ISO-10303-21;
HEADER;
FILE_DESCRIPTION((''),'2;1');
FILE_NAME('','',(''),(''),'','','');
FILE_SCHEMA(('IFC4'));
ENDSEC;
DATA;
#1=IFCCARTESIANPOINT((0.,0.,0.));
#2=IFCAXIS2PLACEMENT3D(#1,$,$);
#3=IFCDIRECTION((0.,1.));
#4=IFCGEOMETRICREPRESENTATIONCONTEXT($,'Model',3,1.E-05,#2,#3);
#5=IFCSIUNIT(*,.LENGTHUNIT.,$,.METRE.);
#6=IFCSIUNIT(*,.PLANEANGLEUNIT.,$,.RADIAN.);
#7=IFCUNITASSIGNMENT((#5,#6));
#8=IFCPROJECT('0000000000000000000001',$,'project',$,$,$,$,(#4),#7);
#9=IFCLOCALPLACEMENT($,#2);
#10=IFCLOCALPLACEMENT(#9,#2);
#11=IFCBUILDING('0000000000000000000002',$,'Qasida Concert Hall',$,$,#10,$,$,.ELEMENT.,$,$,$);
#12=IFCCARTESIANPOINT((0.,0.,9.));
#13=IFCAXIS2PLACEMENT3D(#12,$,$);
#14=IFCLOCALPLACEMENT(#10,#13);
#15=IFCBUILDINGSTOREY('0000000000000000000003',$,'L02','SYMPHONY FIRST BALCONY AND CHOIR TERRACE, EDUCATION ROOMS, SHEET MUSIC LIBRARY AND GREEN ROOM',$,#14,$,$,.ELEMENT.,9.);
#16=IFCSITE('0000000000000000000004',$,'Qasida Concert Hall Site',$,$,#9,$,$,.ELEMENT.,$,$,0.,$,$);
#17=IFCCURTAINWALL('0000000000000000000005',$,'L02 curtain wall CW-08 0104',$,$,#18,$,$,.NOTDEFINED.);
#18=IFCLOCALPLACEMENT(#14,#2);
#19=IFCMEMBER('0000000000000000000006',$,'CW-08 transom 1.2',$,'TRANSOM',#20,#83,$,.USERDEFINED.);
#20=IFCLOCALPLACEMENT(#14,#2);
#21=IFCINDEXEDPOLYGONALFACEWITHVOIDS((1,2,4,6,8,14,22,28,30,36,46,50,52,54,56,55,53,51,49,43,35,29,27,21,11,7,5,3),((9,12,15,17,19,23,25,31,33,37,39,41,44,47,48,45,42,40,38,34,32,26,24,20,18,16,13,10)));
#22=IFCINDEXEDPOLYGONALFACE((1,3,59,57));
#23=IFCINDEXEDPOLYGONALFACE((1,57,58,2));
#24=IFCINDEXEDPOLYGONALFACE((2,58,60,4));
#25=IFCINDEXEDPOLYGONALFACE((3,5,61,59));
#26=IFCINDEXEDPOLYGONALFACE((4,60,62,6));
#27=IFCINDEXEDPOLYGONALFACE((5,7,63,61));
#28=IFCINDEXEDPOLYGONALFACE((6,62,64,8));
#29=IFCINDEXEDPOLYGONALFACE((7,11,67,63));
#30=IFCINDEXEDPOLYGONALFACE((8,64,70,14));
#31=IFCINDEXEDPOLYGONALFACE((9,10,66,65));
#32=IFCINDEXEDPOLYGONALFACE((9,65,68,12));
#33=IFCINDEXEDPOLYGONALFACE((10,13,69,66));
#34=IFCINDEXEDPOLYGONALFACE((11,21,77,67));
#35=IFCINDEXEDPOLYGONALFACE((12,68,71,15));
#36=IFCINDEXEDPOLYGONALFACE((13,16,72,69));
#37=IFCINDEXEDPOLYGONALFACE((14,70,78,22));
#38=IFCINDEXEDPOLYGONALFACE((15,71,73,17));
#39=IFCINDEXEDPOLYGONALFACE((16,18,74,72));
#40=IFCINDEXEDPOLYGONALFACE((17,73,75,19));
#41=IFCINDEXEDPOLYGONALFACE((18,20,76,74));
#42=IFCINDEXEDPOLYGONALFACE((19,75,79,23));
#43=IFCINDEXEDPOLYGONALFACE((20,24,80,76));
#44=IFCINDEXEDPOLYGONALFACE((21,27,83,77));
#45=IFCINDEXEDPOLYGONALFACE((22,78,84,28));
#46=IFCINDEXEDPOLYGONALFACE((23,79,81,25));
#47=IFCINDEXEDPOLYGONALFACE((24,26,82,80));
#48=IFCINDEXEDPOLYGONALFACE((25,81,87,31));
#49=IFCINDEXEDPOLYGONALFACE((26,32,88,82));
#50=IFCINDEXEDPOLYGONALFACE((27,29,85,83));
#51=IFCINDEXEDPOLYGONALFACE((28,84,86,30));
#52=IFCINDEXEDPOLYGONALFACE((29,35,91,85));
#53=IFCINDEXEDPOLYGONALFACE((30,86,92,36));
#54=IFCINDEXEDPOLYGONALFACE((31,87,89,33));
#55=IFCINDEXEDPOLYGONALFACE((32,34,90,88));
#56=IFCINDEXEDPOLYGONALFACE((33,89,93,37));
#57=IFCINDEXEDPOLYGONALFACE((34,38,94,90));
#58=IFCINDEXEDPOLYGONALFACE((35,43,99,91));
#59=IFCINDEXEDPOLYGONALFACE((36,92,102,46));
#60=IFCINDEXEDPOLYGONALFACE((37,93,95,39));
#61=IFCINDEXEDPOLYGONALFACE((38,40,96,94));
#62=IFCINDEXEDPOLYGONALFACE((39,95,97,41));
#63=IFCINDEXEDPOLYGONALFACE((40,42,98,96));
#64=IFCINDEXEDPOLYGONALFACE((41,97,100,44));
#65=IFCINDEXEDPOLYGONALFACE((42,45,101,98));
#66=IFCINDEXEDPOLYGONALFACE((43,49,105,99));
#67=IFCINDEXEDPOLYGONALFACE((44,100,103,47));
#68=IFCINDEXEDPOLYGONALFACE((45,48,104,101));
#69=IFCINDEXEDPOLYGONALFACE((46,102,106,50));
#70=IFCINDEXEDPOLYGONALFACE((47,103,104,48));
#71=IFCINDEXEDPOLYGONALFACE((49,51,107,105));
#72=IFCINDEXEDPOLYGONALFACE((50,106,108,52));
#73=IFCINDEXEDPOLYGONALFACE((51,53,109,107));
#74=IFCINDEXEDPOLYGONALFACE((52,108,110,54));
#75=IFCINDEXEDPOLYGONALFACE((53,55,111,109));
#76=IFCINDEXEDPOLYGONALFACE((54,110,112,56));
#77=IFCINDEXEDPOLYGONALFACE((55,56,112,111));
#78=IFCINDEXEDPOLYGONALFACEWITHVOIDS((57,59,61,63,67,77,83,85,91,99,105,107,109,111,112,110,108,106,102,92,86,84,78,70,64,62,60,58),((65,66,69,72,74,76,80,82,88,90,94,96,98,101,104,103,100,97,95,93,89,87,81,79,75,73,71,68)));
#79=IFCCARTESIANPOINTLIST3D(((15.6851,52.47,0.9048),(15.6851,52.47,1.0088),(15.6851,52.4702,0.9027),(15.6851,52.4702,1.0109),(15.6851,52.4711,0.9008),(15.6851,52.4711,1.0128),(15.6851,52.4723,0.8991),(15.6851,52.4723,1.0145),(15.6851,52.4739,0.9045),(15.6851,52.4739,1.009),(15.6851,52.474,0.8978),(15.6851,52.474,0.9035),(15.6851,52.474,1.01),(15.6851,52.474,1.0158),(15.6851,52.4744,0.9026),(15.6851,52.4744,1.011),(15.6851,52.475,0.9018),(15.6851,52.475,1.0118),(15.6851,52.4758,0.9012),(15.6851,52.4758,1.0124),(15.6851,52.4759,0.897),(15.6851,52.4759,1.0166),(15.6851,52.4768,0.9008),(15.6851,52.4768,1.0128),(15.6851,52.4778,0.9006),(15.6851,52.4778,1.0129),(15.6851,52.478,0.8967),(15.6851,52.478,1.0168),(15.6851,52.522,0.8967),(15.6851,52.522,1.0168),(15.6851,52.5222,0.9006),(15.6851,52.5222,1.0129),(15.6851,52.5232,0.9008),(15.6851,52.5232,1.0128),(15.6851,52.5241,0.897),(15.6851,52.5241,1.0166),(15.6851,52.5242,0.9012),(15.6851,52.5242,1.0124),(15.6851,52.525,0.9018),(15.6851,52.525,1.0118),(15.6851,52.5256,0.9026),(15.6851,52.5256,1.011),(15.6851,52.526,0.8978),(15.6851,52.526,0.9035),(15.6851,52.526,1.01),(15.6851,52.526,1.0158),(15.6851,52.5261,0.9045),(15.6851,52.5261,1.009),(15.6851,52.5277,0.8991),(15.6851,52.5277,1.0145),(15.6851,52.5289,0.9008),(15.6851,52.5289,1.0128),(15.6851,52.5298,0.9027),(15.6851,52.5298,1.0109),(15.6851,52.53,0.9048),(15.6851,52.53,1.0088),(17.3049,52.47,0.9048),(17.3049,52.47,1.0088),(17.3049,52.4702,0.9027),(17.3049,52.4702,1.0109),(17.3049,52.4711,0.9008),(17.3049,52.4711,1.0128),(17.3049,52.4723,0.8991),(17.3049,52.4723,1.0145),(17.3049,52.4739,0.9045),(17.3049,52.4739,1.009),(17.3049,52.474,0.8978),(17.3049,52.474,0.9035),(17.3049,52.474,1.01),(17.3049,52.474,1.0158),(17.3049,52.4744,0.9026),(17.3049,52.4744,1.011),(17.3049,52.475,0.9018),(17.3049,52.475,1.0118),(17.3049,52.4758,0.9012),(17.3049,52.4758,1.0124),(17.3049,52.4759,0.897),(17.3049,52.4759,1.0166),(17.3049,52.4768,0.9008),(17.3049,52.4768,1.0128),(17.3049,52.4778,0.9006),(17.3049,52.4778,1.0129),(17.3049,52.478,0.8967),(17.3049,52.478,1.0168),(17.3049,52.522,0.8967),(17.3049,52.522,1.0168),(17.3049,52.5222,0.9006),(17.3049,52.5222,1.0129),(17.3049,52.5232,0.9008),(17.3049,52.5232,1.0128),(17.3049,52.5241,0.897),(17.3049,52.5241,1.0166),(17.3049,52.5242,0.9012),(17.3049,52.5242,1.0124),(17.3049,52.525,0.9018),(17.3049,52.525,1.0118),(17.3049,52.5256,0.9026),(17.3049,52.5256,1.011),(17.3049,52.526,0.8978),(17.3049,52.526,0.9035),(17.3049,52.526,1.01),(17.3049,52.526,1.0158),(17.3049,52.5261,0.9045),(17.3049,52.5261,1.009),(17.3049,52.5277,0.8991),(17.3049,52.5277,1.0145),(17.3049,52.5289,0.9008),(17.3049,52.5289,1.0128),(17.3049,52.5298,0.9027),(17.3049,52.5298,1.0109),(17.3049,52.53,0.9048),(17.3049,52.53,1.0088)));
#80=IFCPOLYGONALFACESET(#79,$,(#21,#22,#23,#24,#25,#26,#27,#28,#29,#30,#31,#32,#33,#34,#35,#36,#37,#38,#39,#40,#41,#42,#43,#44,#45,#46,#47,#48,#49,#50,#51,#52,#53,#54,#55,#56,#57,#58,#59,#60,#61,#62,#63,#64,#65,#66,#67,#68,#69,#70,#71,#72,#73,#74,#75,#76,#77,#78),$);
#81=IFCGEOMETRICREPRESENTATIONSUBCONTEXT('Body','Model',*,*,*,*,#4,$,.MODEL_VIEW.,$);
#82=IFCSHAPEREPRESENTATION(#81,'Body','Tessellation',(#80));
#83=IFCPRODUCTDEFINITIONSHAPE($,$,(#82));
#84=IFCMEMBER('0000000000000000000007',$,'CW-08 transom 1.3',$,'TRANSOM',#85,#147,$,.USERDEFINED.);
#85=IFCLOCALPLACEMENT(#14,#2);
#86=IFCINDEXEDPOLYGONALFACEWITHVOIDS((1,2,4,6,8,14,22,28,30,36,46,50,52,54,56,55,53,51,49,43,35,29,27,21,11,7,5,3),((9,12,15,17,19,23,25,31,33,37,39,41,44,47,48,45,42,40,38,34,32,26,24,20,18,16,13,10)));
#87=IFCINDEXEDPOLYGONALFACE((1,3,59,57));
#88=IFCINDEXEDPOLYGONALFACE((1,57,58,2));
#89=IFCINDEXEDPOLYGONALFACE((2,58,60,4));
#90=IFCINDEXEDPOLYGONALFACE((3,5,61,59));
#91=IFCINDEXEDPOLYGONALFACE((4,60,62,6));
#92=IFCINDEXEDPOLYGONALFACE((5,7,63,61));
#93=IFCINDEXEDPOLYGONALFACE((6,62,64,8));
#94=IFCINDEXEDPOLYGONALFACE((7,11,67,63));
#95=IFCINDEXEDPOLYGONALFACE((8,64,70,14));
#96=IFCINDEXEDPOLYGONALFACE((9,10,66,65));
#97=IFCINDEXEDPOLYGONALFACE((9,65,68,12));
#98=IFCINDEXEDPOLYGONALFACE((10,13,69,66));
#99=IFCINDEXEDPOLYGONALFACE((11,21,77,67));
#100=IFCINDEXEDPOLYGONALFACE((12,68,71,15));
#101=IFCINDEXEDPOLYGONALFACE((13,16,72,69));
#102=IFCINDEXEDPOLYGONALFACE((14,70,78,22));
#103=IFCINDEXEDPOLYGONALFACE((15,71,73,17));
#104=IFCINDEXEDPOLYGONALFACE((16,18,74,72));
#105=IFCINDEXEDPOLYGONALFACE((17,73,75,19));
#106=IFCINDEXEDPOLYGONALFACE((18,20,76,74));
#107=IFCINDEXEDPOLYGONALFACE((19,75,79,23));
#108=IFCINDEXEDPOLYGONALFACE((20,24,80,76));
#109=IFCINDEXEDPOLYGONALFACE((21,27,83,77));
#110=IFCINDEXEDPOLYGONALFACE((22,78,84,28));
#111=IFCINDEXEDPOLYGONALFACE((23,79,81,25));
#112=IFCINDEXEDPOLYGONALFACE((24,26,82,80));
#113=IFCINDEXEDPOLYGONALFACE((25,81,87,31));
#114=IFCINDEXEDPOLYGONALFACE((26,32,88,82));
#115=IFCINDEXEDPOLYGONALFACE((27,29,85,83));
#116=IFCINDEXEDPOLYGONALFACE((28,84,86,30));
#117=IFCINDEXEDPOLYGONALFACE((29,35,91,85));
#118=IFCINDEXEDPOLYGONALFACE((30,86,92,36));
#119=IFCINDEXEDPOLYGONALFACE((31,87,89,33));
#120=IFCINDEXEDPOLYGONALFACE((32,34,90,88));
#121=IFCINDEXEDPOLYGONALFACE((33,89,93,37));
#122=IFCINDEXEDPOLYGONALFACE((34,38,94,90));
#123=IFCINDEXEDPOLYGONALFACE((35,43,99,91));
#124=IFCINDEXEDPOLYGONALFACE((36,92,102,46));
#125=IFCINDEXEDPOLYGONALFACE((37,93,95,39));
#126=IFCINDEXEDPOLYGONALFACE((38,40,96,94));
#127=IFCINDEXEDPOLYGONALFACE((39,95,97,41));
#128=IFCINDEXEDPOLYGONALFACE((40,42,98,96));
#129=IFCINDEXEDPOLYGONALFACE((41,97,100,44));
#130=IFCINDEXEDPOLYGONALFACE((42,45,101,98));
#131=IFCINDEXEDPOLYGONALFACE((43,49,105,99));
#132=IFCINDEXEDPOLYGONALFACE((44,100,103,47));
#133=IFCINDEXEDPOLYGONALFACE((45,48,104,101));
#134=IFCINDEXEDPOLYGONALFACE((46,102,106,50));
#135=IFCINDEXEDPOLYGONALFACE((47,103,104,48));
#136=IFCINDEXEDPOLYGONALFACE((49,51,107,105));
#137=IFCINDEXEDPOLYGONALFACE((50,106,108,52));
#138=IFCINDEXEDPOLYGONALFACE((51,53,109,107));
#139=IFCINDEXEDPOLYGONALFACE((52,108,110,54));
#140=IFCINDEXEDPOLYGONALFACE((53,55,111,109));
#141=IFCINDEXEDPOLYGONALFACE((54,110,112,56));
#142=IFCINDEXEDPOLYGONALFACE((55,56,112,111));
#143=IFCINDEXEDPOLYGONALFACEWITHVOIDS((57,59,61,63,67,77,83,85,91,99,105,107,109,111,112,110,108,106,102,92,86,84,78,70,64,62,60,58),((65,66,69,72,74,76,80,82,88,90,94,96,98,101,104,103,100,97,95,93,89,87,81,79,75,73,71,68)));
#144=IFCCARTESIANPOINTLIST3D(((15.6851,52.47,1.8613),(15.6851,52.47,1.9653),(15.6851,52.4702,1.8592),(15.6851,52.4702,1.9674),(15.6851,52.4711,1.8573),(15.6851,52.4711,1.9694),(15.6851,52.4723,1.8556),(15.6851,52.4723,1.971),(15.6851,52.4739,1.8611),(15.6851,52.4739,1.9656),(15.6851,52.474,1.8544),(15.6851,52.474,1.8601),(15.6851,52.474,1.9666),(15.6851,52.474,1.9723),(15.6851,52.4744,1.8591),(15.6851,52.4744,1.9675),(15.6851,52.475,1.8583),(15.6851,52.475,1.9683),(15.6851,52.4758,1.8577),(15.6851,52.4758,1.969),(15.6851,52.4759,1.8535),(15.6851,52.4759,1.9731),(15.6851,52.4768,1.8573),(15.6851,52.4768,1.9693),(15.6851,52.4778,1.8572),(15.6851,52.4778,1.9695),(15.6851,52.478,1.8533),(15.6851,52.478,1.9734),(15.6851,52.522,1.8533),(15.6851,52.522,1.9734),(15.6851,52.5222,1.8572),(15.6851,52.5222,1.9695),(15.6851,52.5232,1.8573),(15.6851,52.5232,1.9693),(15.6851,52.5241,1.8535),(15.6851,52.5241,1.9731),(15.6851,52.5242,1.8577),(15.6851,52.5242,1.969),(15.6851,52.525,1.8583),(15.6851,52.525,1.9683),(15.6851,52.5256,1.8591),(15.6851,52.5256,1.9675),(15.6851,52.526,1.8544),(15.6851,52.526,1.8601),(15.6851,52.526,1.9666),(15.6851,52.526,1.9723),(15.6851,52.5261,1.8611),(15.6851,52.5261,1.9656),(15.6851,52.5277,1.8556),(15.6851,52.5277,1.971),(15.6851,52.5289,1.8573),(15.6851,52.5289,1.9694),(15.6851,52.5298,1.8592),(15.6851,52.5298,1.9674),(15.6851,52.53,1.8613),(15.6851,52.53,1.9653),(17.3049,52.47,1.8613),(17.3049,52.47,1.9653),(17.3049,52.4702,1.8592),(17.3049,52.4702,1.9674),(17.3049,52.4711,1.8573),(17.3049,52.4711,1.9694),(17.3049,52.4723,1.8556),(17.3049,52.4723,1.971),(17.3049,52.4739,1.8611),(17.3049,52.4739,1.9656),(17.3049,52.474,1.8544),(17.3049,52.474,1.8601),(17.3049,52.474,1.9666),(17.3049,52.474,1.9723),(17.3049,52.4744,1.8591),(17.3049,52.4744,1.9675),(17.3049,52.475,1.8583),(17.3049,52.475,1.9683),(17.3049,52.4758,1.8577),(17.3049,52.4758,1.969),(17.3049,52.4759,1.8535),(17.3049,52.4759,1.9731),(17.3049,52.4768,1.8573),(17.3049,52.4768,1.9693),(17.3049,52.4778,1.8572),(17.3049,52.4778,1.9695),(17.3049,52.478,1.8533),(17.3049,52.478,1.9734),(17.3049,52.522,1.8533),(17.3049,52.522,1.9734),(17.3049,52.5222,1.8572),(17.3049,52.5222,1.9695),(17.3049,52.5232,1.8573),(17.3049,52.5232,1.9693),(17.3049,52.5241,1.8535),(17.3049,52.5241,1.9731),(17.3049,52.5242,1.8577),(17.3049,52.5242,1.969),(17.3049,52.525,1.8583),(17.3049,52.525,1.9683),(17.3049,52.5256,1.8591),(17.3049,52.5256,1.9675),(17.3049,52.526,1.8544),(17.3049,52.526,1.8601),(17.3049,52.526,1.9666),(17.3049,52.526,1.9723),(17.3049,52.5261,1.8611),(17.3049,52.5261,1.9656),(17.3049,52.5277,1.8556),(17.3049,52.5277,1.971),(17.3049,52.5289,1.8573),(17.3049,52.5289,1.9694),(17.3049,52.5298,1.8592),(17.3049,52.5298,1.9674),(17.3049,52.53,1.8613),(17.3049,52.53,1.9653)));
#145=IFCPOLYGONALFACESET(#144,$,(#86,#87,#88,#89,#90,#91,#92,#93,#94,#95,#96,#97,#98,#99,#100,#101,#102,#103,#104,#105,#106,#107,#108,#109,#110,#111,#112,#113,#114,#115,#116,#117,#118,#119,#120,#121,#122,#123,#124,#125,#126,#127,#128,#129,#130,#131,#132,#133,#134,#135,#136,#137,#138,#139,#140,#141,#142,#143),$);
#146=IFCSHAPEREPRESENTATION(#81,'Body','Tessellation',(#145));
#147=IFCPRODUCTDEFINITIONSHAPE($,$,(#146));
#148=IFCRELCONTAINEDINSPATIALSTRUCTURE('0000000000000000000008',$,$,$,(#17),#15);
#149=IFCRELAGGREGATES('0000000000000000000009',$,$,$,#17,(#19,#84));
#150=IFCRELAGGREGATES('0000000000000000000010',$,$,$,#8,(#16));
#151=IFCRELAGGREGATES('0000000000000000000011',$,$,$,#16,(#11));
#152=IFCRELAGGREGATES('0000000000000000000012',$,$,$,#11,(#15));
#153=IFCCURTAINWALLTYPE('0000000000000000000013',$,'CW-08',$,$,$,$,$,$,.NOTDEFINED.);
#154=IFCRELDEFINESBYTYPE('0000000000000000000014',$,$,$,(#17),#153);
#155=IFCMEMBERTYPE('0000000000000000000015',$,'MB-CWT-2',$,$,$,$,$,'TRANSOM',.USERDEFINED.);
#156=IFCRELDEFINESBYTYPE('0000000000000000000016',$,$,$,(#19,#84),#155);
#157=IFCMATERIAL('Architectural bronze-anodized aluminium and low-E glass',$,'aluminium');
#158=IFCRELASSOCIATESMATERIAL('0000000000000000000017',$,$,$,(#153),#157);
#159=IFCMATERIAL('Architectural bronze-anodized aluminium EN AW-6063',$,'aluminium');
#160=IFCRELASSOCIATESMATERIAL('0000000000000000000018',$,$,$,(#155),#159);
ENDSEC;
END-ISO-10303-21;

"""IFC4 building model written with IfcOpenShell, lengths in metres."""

from ifc_helpers import new_model, si_unit, direction, frame, origin, origin_2d, place, context, subcontext, project, spatial, hollow_rectangle, extrude, material, material_profile, profile_set, type_object, element, aggregate, save


model = new_model("IFC4")

# Units and contexts
model_context = context("Model", 3, precision=1e-05, world=origin(), true_north=direction((0.0, 1.0)))
body_context = subcontext(model_context, "Body", "Model", "MODEL_VIEW")
ifc_project = project(units=[si_unit("LENGTHUNIT", "METRE"), si_unit("PLANEANGLEUNIT", "RADIAN")], contexts=[model_context])

# Site, building, storey
site_placement = place(None, origin())
site = spatial("IfcSite", under=ifc_project, at=site_placement, Name="Qasida Concert Hall Site", CompositionType="ELEMENT", RefElevation=0.0)
building_placement = place(site_placement, origin())
building = spatial("IfcBuilding", under=site, at=building_placement, Name="Qasida Concert Hall", CompositionType="ELEMENT")
storey_placement = place(building_placement, frame((0.0, 0.0, 9.0)))
storey = spatial("IfcBuildingStorey", under=building, at=storey_placement, Name="L02", Description="SYMPHONY FIRST BALCONY AND CHOIR TERRACE, EDUCATION ROOMS, SHEET MUSIC LIBRARY AND GREEN ROOM", CompositionType="ELEMENT", Elevation=9.0)

# Curtain wall, members
ifc_material_1 = material(Name="Architectural bronze-anodized aluminium and low-E glass", Category="aluminium")
curtain_wall_type = type_object("IfcCurtainWallType", Name="CW-08", PredefinedType="NOTDEFINED", material=ifc_material_1)
curtain_wall_placement = place(storey_placement, origin())
curtain_wall = element("IfcCurtainWall", 1, at=curtain_wall_placement, inside=storey, type_object=curtain_wall_type, Name="L02 curtain wall CW-08 0104", PredefinedType="NOTDEFINED")
ifc_material_2 = material(Name="Architectural bronze-anodized aluminium EN AW-6063", Category="aluminium")
ifc_material_profile_1 = material_profile(ifc_material_2, hollow_rectangle(XDim=0.0601, YDim=0.1201, WallThickness=0.0039, InnerFilletRadius=0.0039, OuterFilletRadius=0.0081, at=origin_2d()), Name="CWT 120x60x4")
ifc_profile_set_1 = profile_set([ifc_material_profile_1], Name="Architectural bronze-anodized aluminium EN AW-6063")
member_type_1 = type_object("IfcMemberType", Name="MB-CWT-2", ElementType="TRANSOM", PredefinedType="USERDEFINED", material=ifc_profile_set_1)
member_1_placement = place(storey_placement, frame((15.6851, 52.5, 0.9568), z_axis=(1.0, 0.0, 0.0), x_axis=(0.0, 1.0, 0.0)))
member_1 = element("IfcMember", 2, at=member_1_placement, type_object=member_type_1, Name="CW-08 transom 1.2", ObjectType="TRANSOM", PredefinedType="USERDEFINED", context=body_context, shape_type="SweptSolid", body=[
    extrude(hollow_rectangle(XDim=0.0601, YDim=0.1201, WallThickness=0.0039, InnerFilletRadius=0.0039, OuterFilletRadius=0.0081, at=origin_2d()), origin(), (0.0, 0.0, 1.0), 1.6199),
])
member_2_placement = place(storey_placement, frame((15.6851, 52.5, 1.9133), z_axis=(1.0, 0.0, 0.0), x_axis=(0.0, 1.0, 0.0)))
member_2 = element("IfcMember", 3, at=member_2_placement, type_object=member_type_1, Name="CW-08 transom 1.3", ObjectType="TRANSOM", PredefinedType="USERDEFINED", context=body_context, shape_type="SweptSolid", body=[
    extrude(hollow_rectangle(XDim=0.0601, YDim=0.1201, WallThickness=0.0039, InnerFilletRadius=0.0039, OuterFilletRadius=0.0081, at=origin_2d()), origin(), (0.0, 0.0, 1.0), 1.6199),
])
aggregate(curtain_wall, [member_1, member_2])

save(model, "model.ifc")
